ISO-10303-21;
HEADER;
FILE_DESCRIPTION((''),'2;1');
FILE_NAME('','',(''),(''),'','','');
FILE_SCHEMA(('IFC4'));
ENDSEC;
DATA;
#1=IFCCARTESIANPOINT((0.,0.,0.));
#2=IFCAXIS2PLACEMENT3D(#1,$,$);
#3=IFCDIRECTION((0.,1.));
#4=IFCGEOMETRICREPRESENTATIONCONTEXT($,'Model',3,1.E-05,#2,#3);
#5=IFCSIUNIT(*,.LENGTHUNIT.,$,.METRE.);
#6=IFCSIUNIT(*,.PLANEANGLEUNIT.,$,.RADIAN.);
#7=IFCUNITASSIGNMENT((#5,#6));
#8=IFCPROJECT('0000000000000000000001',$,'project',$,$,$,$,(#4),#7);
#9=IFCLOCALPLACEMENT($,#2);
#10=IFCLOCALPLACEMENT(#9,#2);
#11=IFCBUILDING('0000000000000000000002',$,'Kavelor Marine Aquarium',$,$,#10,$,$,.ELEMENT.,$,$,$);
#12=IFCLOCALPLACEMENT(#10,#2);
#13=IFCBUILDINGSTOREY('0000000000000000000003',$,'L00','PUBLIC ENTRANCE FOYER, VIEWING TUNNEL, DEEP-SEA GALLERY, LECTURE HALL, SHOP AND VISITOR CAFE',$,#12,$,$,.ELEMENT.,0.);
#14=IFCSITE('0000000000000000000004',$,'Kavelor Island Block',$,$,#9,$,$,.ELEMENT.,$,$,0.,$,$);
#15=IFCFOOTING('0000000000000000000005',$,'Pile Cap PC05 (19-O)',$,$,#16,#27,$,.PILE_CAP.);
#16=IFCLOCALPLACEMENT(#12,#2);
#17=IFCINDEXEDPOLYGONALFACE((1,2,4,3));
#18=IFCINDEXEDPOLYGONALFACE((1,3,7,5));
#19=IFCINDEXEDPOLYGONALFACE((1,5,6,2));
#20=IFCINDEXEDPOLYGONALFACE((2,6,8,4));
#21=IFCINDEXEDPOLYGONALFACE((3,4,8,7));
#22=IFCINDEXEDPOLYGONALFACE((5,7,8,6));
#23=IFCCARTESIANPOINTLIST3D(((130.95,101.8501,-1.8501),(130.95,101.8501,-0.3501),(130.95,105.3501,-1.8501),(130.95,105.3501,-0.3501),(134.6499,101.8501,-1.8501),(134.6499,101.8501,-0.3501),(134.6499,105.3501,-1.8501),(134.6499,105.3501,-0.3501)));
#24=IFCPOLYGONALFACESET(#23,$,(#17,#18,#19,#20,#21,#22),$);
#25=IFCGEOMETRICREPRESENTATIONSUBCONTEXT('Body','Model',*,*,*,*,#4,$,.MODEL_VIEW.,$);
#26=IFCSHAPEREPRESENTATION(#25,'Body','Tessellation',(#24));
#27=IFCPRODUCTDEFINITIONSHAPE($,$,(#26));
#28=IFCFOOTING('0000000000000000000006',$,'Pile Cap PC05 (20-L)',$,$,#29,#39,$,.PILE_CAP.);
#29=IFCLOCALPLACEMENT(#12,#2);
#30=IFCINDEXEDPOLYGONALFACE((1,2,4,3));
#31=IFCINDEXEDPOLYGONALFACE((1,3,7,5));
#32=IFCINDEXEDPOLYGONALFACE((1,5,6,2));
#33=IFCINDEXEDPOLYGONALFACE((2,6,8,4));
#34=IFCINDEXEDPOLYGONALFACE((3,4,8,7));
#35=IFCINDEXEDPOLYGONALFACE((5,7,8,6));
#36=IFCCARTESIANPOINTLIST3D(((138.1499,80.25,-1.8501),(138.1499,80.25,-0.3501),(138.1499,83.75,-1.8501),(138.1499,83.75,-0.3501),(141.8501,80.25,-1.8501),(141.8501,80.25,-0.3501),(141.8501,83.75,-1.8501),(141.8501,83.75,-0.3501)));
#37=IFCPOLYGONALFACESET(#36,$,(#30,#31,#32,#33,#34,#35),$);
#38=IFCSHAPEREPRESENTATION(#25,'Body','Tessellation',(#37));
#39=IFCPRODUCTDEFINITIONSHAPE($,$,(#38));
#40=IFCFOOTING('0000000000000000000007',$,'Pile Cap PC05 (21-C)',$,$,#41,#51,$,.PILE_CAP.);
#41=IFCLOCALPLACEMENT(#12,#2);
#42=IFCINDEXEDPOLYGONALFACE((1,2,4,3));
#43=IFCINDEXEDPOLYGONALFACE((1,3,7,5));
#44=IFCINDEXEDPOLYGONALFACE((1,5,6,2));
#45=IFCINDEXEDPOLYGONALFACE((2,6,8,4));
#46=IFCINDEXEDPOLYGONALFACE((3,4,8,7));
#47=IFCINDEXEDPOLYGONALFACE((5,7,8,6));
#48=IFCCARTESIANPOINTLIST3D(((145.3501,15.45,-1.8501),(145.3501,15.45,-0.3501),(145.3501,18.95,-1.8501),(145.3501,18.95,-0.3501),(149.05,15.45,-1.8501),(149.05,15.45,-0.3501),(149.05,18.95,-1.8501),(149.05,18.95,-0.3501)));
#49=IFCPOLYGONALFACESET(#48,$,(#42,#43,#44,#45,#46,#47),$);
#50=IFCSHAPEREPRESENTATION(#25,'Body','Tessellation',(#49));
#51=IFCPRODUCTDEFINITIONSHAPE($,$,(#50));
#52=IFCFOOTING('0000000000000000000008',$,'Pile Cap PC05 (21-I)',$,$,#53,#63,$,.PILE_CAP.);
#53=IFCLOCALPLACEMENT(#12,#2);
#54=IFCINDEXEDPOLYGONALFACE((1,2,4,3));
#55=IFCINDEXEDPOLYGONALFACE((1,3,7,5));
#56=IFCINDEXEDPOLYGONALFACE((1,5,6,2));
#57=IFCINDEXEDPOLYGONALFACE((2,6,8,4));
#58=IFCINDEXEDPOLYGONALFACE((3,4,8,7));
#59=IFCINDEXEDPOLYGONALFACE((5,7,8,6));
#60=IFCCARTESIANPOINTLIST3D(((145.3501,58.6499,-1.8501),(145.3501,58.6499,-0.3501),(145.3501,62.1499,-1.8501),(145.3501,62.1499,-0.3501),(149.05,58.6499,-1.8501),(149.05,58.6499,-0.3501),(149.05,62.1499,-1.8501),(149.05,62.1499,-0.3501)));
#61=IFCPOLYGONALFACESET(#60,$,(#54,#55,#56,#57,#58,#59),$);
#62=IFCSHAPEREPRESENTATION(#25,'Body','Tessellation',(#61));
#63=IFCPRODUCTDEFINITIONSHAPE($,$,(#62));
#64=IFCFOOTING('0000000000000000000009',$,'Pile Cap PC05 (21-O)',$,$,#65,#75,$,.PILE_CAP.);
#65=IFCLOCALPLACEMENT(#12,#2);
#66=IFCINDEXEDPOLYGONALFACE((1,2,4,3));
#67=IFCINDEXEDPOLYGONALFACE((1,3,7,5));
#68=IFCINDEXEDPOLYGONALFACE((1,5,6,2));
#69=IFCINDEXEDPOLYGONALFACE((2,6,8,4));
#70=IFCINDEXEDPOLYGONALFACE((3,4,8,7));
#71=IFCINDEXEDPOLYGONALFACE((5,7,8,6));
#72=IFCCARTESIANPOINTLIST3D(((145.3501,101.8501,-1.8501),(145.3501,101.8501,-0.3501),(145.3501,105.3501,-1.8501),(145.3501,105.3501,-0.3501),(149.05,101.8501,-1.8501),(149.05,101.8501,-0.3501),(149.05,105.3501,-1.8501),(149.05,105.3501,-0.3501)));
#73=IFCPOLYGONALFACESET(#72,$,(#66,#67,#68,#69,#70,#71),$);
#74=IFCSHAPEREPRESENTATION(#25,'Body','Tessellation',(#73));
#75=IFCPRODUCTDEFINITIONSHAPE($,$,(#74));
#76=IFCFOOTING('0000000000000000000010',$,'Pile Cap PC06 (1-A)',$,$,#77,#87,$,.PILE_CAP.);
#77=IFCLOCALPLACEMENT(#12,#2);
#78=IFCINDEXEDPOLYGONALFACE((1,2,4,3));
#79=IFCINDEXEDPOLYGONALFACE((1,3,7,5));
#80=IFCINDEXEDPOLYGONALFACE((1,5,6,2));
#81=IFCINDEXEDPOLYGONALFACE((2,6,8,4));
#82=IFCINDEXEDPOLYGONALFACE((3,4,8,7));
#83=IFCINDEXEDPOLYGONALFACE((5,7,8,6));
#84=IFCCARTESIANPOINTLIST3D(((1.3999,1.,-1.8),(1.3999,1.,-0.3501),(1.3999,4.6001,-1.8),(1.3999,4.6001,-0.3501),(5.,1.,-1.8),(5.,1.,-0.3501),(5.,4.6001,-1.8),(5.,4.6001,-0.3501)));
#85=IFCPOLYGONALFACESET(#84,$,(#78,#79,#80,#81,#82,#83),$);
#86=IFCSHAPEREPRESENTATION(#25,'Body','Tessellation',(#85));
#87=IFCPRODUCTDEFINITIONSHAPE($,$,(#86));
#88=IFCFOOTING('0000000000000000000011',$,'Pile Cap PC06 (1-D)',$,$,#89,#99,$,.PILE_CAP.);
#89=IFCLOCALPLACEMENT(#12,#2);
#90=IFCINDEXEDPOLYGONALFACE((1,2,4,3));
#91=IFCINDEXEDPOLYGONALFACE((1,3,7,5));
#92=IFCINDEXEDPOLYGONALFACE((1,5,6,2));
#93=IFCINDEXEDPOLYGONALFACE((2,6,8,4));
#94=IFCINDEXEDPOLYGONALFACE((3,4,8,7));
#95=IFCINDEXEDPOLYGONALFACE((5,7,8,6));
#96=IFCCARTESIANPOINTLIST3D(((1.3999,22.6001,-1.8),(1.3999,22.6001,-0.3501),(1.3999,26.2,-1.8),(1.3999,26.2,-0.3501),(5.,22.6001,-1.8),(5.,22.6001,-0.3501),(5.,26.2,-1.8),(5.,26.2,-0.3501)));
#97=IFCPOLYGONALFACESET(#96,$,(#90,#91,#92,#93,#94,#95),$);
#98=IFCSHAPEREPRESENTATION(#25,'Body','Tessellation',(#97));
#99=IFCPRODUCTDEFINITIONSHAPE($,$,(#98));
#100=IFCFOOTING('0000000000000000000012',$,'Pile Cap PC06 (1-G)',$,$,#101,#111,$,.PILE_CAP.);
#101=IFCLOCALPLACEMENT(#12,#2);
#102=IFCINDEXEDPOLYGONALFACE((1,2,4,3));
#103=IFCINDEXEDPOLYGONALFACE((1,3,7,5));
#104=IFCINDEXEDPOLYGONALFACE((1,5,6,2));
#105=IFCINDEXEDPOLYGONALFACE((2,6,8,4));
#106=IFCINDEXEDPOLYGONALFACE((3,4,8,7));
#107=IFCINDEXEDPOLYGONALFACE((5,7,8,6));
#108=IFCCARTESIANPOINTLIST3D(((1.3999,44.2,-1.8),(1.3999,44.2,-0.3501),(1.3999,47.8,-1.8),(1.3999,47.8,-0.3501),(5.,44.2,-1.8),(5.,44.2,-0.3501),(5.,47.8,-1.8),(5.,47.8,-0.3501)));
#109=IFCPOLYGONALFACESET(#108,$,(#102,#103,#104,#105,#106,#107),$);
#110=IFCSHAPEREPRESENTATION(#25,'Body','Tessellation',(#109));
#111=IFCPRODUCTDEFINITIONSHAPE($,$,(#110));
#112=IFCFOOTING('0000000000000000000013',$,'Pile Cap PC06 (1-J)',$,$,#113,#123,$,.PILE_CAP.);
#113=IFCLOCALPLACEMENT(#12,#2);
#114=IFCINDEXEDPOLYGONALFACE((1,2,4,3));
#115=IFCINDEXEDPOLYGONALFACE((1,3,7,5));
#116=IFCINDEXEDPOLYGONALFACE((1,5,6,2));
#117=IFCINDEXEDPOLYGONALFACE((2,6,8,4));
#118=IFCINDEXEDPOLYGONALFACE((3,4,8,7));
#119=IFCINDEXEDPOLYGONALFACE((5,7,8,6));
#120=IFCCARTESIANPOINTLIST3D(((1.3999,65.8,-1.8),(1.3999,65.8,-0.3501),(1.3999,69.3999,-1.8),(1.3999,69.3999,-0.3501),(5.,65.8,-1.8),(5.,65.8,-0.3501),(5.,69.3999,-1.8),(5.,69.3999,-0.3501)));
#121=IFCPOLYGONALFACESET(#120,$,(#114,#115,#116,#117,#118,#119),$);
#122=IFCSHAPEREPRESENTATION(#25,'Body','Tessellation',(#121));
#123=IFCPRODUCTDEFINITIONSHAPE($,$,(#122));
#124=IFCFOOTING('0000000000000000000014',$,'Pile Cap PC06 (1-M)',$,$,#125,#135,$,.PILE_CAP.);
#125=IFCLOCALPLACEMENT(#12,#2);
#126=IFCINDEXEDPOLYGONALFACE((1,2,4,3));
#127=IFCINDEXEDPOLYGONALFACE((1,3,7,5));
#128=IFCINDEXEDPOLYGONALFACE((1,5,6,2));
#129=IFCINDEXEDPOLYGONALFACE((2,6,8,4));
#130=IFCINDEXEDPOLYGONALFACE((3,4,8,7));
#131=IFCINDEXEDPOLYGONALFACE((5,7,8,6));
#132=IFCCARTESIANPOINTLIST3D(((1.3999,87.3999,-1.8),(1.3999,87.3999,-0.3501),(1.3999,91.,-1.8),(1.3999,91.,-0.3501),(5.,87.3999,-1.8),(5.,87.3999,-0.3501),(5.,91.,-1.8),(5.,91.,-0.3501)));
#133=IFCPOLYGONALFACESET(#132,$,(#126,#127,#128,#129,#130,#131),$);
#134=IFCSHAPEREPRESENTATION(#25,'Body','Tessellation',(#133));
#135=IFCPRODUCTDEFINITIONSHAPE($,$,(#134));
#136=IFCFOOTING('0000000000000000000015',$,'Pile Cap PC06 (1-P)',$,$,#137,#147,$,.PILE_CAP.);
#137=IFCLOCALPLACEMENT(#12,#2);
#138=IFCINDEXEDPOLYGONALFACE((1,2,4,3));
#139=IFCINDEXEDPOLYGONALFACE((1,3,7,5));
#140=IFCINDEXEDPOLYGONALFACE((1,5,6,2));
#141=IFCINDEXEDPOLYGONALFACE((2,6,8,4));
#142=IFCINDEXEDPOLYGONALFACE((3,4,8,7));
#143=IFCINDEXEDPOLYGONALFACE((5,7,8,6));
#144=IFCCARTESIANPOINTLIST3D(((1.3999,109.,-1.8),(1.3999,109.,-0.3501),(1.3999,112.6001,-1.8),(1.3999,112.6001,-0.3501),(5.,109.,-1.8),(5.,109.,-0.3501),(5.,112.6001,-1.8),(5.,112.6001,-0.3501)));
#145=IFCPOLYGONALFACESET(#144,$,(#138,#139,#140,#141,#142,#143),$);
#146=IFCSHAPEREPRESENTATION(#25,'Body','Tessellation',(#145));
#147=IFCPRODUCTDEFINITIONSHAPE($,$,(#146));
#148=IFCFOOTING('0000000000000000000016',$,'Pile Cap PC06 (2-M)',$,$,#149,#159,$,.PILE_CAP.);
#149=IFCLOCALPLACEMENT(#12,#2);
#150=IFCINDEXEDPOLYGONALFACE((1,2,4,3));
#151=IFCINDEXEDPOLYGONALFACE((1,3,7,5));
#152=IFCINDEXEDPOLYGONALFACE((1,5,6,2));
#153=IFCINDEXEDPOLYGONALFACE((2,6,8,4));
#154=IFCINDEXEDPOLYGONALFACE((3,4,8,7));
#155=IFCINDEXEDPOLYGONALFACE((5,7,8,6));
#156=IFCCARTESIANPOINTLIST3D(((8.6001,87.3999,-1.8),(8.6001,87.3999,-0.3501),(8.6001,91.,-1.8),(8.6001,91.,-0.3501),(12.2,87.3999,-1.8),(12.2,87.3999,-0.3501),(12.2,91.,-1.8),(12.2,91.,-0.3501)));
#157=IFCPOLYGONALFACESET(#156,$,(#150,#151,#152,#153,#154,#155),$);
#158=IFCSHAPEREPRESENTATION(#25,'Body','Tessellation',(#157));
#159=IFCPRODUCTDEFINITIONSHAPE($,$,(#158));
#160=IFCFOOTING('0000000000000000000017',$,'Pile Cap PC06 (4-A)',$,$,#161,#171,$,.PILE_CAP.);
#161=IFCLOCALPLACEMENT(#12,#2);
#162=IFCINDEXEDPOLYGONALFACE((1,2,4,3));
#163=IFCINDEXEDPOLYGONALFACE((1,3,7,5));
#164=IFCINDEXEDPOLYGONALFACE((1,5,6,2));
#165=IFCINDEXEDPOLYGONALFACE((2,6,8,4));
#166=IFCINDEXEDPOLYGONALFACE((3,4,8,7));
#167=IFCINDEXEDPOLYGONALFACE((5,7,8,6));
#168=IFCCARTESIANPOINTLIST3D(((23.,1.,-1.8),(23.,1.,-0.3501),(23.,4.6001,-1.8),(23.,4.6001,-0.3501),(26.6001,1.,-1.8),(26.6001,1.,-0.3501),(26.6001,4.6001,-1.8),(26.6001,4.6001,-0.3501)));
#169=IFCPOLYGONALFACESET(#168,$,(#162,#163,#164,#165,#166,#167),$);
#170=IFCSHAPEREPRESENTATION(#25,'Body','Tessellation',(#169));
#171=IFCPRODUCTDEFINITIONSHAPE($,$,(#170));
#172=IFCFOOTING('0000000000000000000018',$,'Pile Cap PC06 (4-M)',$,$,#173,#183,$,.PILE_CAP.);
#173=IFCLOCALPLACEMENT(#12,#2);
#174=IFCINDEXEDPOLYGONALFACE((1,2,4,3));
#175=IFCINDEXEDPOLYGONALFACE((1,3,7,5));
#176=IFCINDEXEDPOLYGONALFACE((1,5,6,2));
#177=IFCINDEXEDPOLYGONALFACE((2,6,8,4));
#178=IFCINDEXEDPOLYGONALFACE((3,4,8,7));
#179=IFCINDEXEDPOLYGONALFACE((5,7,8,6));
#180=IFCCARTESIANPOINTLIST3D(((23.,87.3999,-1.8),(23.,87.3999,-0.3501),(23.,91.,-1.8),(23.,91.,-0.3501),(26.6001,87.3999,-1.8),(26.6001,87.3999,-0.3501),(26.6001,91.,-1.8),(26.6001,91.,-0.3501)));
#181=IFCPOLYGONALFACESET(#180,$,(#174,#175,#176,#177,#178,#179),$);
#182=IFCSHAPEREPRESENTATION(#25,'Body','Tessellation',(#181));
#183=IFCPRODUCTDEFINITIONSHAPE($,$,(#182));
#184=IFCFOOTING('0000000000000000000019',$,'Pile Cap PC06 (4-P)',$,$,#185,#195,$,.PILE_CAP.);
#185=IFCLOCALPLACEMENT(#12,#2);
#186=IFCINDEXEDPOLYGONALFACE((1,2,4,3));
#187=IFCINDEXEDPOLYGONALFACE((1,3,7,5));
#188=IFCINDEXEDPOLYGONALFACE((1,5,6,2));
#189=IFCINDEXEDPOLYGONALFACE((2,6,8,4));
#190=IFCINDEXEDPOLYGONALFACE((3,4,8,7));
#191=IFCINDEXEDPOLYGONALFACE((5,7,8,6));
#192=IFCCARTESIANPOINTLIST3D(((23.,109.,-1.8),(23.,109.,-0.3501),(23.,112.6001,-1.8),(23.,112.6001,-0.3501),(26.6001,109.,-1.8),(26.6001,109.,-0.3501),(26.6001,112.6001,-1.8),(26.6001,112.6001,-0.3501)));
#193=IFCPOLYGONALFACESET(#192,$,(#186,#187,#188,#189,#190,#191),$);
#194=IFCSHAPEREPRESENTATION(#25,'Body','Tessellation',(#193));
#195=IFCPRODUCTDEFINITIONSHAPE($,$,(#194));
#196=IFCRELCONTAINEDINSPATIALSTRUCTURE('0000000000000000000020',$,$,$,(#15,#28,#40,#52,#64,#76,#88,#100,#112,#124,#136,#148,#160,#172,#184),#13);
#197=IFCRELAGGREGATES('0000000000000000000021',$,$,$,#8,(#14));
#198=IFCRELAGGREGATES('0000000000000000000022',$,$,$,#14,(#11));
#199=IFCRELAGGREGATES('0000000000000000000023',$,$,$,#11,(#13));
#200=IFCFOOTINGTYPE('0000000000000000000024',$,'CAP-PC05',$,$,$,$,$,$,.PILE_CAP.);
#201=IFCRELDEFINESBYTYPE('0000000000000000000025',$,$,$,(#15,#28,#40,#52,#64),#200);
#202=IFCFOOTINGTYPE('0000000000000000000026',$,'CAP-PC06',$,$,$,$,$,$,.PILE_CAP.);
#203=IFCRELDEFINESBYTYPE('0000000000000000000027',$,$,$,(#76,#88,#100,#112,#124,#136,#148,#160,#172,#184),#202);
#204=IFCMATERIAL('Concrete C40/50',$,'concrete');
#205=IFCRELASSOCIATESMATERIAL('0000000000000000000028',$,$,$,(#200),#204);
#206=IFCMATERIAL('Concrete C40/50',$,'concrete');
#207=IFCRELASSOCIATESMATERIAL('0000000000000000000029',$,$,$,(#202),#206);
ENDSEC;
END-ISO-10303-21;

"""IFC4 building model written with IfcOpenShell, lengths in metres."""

from ifc_helpers import new_model, si_unit, direction, frame, origin, place, context, subcontext, project, spatial, polyline, outline, extrude, material, type_object, element, save


model = new_model("IFC4")

# Units and contexts
model_context = context("Model", 3, precision=1e-05, world=origin(), true_north=direction((0.0, 1.0)))
body_context = subcontext(model_context, "Body", "Model", "MODEL_VIEW")
ifc_project = project(units=[si_unit("LENGTHUNIT", "METRE"), si_unit("PLANEANGLEUNIT", "RADIAN")], contexts=[model_context])

# Site, building, storey
site_placement = place(None, origin())
site = spatial("IfcSite", under=ifc_project, at=site_placement, Name="Kavelor Island Block", CompositionType="ELEMENT", RefElevation=0.0)
building_placement = place(site_placement, origin())
building = spatial("IfcBuilding", under=site, at=building_placement, Name="Kavelor Marine Aquarium", CompositionType="ELEMENT")
storey_placement = place(building_placement, origin())
storey = spatial("IfcBuildingStorey", under=building, at=storey_placement, Name="L00", Description="PUBLIC ENTRANCE FOYER, VIEWING TUNNEL, DEEP-SEA GALLERY, LECTURE HALL, SHOP AND VISITOR CAFE", CompositionType="ELEMENT", Elevation=0.0)

# Footings
ifc_material_1 = material(Name="Concrete C40/50", Category="concrete")
footing_type_1 = type_object("IfcFootingType", Name="CAP-PC05", PredefinedType="PILE_CAP", material=ifc_material_1)
footing_1_placement = place(storey_placement, frame((0.0, 0.0, -1.8501)))
element("IfcFooting", 1, at=footing_1_placement, inside=storey, type_object=footing_type_1, Name="Pile Cap PC05 (19-O)", PredefinedType="PILE_CAP", context=body_context, shape_type="SweptSolid", body=[
    extrude(outline(polyline([(130.95, 101.8501), (134.6499, 101.8501), (134.6499, 105.3501), (130.95, 105.3501), (130.95, 101.8501)])), origin(), (0.0, 0.0, 1.0), 1.5),
])
footing_2_placement = place(storey_placement, frame((0.0, 0.0, -1.8501)))
element("IfcFooting", 2, at=footing_2_placement, inside=storey, type_object=footing_type_1, Name="Pile Cap PC05 (20-L)", PredefinedType="PILE_CAP", context=body_context, shape_type="SweptSolid", body=[
    extrude(outline(polyline([(138.1499, 80.25), (141.8501, 80.25), (141.8501, 83.75), (138.1499, 83.75), (138.1499, 80.25)])), origin(), (0.0, 0.0, 1.0), 1.5),
])
footing_3_placement = place(storey_placement, frame((0.0, 0.0, -1.8501)))
element("IfcFooting", 3, at=footing_3_placement, inside=storey, type_object=footing_type_1, Name="Pile Cap PC05 (21-C)", PredefinedType="PILE_CAP", context=body_context, shape_type="SweptSolid", body=[
    extrude(outline(polyline([(145.3501, 15.45), (149.05, 15.45), (149.05, 18.95), (145.3501, 18.95), (145.3501, 15.45)])), origin(), (0.0, 0.0, 1.0), 1.5),
])
footing_4_placement = place(storey_placement, frame((0.0, 0.0, -1.8501)))
element("IfcFooting", 4, at=footing_4_placement, inside=storey, type_object=footing_type_1, Name="Pile Cap PC05 (21-I)", PredefinedType="PILE_CAP", context=body_context, shape_type="SweptSolid", body=[
    extrude(outline(polyline([(145.3501, 58.6499), (149.05, 58.6499), (149.05, 62.1499), (145.3501, 62.1499), (145.3501, 58.6499)])), origin(), (0.0, 0.0, 1.0), 1.5),
])
footing_5_placement = place(storey_placement, frame((0.0, 0.0, -1.8501)))
element("IfcFooting", 5, at=footing_5_placement, inside=storey, type_object=footing_type_1, Name="Pile Cap PC05 (21-O)", PredefinedType="PILE_CAP", context=body_context, shape_type="SweptSolid", body=[
    extrude(outline(polyline([(145.3501, 101.8501), (149.05, 101.8501), (149.05, 105.3501), (145.3501, 105.3501), (145.3501, 101.8501)])), origin(), (0.0, 0.0, 1.0), 1.5),
])
ifc_material_2 = material(Name="Concrete C40/50", Category="concrete")
footing_type_2 = type_object("IfcFootingType", Name="CAP-PC06", PredefinedType="PILE_CAP", material=ifc_material_2)
footing_6_placement = place(storey_placement, frame((0.0, 0.0, -1.8)))
element("IfcFooting", 6, at=footing_6_placement, inside=storey, type_object=footing_type_2, Name="Pile Cap PC06 (1-A)", PredefinedType="PILE_CAP", context=body_context, shape_type="SweptSolid", body=[
    extrude(outline(polyline([(1.3999, 1.0), (5.0, 1.0), (5.0, 4.6001), (1.3999, 4.6001), (1.3999, 1.0)])), origin(), (0.0, 0.0, 1.0), 1.45),
])
footing_7_placement = place(storey_placement, frame((0.0, 0.0, -1.8)))
element("IfcFooting", 7, at=footing_7_placement, inside=storey, type_object=footing_type_2, Name="Pile Cap PC06 (1-D)", PredefinedType="PILE_CAP", context=body_context, shape_type="SweptSolid", body=[
    extrude(outline(polyline([(1.3999, 22.6001), (5.0, 22.6001), (5.0, 26.2), (1.3999, 26.2), (1.3999, 22.6001)])), origin(), (0.0, 0.0, 1.0), 1.45),
])
footing_8_placement = place(storey_placement, frame((0.0, 0.0, -1.8)))
element("IfcFooting", 8, at=footing_8_placement, inside=storey, type_object=footing_type_2, Name="Pile Cap PC06 (1-G)", PredefinedType="PILE_CAP", context=body_context, shape_type="SweptSolid", body=[
    extrude(outline(polyline([(1.3999, 44.2), (5.0, 44.2), (5.0, 47.8), (1.3999, 47.8), (1.3999, 44.2)])), origin(), (0.0, 0.0, 1.0), 1.45),
])
footing_9_placement = place(storey_placement, frame((0.0, 0.0, -1.8)))
element("IfcFooting", 9, at=footing_9_placement, inside=storey, type_object=footing_type_2, Name="Pile Cap PC06 (1-J)", PredefinedType="PILE_CAP", context=body_context, shape_type="SweptSolid", body=[
    extrude(outline(polyline([(1.3999, 65.8), (5.0, 65.8), (5.0, 69.3999), (1.3999, 69.3999), (1.3999, 65.8)])), origin(), (0.0, 0.0, 1.0), 1.45),
])
footing_10_placement = place(storey_placement, frame((0.0, 0.0, -1.8)))
element("IfcFooting", 10, at=footing_10_placement, inside=storey, type_object=footing_type_2, Name="Pile Cap PC06 (1-M)", PredefinedType="PILE_CAP", context=body_context, shape_type="SweptSolid", body=[
    extrude(outline(polyline([(1.3999, 87.3999), (5.0, 87.3999), (5.0, 91.0), (1.3999, 91.0), (1.3999, 87.3999)])), origin(), (0.0, 0.0, 1.0), 1.45),
])
footing_11_placement = place(storey_placement, frame((0.0, 0.0, -1.8)))
element("IfcFooting", 11, at=footing_11_placement, inside=storey, type_object=footing_type_2, Name="Pile Cap PC06 (1-P)", PredefinedType="PILE_CAP", context=body_context, shape_type="SweptSolid", body=[
    extrude(outline(polyline([(1.3999, 109.0), (5.0, 109.0), (5.0, 112.6001), (1.3999, 112.6001), (1.3999, 109.0)])), origin(), (0.0, 0.0, 1.0), 1.45),
])
footing_12_placement = place(storey_placement, frame((0.0, 0.0, -1.8)))
element("IfcFooting", 12, at=footing_12_placement, inside=storey, type_object=footing_type_2, Name="Pile Cap PC06 (2-M)", PredefinedType="PILE_CAP", context=body_context, shape_type="SweptSolid", body=[
    extrude(outline(polyline([(8.6001, 87.3999), (12.2, 87.3999), (12.2, 91.0), (8.6001, 91.0), (8.6001, 87.3999)])), origin(), (0.0, 0.0, 1.0), 1.45),
])
footing_13_placement = place(storey_placement, frame((0.0, 0.0, -1.8)))
element("IfcFooting", 13, at=footing_13_placement, inside=storey, type_object=footing_type_2, Name="Pile Cap PC06 (4-A)", PredefinedType="PILE_CAP", context=body_context, shape_type="SweptSolid", body=[
    extrude(outline(polyline([(23.0, 1.0), (26.6001, 1.0), (26.6001, 4.6001), (23.0, 4.6001), (23.0, 1.0)])), origin(), (0.0, 0.0, 1.0), 1.45),
])
footing_14_placement = place(storey_placement, frame((0.0, 0.0, -1.8)))
element("IfcFooting", 14, at=footing_14_placement, inside=storey, type_object=footing_type_2, Name="Pile Cap PC06 (4-M)", PredefinedType="PILE_CAP", context=body_context, shape_type="SweptSolid", body=[
    extrude(outline(polyline([(23.0, 87.3999), (26.6001, 87.3999), (26.6001, 91.0), (23.0, 91.0), (23.0, 87.3999)])), origin(), (0.0, 0.0, 1.0), 1.45),
])
footing_15_placement = place(storey_placement, frame((0.0, 0.0, -1.8)))
element("IfcFooting", 15, at=footing_15_placement, inside=storey, type_object=footing_type_2, Name="Pile Cap PC06 (4-P)", PredefinedType="PILE_CAP", context=body_context, shape_type="SweptSolid", body=[
    extrude(outline(polyline([(23.0, 109.0), (26.6001, 109.0), (26.6001, 112.6001), (23.0, 112.6001), (23.0, 109.0)])), origin(), (0.0, 0.0, 1.0), 1.45),
])

save(model, "model.ifc")
